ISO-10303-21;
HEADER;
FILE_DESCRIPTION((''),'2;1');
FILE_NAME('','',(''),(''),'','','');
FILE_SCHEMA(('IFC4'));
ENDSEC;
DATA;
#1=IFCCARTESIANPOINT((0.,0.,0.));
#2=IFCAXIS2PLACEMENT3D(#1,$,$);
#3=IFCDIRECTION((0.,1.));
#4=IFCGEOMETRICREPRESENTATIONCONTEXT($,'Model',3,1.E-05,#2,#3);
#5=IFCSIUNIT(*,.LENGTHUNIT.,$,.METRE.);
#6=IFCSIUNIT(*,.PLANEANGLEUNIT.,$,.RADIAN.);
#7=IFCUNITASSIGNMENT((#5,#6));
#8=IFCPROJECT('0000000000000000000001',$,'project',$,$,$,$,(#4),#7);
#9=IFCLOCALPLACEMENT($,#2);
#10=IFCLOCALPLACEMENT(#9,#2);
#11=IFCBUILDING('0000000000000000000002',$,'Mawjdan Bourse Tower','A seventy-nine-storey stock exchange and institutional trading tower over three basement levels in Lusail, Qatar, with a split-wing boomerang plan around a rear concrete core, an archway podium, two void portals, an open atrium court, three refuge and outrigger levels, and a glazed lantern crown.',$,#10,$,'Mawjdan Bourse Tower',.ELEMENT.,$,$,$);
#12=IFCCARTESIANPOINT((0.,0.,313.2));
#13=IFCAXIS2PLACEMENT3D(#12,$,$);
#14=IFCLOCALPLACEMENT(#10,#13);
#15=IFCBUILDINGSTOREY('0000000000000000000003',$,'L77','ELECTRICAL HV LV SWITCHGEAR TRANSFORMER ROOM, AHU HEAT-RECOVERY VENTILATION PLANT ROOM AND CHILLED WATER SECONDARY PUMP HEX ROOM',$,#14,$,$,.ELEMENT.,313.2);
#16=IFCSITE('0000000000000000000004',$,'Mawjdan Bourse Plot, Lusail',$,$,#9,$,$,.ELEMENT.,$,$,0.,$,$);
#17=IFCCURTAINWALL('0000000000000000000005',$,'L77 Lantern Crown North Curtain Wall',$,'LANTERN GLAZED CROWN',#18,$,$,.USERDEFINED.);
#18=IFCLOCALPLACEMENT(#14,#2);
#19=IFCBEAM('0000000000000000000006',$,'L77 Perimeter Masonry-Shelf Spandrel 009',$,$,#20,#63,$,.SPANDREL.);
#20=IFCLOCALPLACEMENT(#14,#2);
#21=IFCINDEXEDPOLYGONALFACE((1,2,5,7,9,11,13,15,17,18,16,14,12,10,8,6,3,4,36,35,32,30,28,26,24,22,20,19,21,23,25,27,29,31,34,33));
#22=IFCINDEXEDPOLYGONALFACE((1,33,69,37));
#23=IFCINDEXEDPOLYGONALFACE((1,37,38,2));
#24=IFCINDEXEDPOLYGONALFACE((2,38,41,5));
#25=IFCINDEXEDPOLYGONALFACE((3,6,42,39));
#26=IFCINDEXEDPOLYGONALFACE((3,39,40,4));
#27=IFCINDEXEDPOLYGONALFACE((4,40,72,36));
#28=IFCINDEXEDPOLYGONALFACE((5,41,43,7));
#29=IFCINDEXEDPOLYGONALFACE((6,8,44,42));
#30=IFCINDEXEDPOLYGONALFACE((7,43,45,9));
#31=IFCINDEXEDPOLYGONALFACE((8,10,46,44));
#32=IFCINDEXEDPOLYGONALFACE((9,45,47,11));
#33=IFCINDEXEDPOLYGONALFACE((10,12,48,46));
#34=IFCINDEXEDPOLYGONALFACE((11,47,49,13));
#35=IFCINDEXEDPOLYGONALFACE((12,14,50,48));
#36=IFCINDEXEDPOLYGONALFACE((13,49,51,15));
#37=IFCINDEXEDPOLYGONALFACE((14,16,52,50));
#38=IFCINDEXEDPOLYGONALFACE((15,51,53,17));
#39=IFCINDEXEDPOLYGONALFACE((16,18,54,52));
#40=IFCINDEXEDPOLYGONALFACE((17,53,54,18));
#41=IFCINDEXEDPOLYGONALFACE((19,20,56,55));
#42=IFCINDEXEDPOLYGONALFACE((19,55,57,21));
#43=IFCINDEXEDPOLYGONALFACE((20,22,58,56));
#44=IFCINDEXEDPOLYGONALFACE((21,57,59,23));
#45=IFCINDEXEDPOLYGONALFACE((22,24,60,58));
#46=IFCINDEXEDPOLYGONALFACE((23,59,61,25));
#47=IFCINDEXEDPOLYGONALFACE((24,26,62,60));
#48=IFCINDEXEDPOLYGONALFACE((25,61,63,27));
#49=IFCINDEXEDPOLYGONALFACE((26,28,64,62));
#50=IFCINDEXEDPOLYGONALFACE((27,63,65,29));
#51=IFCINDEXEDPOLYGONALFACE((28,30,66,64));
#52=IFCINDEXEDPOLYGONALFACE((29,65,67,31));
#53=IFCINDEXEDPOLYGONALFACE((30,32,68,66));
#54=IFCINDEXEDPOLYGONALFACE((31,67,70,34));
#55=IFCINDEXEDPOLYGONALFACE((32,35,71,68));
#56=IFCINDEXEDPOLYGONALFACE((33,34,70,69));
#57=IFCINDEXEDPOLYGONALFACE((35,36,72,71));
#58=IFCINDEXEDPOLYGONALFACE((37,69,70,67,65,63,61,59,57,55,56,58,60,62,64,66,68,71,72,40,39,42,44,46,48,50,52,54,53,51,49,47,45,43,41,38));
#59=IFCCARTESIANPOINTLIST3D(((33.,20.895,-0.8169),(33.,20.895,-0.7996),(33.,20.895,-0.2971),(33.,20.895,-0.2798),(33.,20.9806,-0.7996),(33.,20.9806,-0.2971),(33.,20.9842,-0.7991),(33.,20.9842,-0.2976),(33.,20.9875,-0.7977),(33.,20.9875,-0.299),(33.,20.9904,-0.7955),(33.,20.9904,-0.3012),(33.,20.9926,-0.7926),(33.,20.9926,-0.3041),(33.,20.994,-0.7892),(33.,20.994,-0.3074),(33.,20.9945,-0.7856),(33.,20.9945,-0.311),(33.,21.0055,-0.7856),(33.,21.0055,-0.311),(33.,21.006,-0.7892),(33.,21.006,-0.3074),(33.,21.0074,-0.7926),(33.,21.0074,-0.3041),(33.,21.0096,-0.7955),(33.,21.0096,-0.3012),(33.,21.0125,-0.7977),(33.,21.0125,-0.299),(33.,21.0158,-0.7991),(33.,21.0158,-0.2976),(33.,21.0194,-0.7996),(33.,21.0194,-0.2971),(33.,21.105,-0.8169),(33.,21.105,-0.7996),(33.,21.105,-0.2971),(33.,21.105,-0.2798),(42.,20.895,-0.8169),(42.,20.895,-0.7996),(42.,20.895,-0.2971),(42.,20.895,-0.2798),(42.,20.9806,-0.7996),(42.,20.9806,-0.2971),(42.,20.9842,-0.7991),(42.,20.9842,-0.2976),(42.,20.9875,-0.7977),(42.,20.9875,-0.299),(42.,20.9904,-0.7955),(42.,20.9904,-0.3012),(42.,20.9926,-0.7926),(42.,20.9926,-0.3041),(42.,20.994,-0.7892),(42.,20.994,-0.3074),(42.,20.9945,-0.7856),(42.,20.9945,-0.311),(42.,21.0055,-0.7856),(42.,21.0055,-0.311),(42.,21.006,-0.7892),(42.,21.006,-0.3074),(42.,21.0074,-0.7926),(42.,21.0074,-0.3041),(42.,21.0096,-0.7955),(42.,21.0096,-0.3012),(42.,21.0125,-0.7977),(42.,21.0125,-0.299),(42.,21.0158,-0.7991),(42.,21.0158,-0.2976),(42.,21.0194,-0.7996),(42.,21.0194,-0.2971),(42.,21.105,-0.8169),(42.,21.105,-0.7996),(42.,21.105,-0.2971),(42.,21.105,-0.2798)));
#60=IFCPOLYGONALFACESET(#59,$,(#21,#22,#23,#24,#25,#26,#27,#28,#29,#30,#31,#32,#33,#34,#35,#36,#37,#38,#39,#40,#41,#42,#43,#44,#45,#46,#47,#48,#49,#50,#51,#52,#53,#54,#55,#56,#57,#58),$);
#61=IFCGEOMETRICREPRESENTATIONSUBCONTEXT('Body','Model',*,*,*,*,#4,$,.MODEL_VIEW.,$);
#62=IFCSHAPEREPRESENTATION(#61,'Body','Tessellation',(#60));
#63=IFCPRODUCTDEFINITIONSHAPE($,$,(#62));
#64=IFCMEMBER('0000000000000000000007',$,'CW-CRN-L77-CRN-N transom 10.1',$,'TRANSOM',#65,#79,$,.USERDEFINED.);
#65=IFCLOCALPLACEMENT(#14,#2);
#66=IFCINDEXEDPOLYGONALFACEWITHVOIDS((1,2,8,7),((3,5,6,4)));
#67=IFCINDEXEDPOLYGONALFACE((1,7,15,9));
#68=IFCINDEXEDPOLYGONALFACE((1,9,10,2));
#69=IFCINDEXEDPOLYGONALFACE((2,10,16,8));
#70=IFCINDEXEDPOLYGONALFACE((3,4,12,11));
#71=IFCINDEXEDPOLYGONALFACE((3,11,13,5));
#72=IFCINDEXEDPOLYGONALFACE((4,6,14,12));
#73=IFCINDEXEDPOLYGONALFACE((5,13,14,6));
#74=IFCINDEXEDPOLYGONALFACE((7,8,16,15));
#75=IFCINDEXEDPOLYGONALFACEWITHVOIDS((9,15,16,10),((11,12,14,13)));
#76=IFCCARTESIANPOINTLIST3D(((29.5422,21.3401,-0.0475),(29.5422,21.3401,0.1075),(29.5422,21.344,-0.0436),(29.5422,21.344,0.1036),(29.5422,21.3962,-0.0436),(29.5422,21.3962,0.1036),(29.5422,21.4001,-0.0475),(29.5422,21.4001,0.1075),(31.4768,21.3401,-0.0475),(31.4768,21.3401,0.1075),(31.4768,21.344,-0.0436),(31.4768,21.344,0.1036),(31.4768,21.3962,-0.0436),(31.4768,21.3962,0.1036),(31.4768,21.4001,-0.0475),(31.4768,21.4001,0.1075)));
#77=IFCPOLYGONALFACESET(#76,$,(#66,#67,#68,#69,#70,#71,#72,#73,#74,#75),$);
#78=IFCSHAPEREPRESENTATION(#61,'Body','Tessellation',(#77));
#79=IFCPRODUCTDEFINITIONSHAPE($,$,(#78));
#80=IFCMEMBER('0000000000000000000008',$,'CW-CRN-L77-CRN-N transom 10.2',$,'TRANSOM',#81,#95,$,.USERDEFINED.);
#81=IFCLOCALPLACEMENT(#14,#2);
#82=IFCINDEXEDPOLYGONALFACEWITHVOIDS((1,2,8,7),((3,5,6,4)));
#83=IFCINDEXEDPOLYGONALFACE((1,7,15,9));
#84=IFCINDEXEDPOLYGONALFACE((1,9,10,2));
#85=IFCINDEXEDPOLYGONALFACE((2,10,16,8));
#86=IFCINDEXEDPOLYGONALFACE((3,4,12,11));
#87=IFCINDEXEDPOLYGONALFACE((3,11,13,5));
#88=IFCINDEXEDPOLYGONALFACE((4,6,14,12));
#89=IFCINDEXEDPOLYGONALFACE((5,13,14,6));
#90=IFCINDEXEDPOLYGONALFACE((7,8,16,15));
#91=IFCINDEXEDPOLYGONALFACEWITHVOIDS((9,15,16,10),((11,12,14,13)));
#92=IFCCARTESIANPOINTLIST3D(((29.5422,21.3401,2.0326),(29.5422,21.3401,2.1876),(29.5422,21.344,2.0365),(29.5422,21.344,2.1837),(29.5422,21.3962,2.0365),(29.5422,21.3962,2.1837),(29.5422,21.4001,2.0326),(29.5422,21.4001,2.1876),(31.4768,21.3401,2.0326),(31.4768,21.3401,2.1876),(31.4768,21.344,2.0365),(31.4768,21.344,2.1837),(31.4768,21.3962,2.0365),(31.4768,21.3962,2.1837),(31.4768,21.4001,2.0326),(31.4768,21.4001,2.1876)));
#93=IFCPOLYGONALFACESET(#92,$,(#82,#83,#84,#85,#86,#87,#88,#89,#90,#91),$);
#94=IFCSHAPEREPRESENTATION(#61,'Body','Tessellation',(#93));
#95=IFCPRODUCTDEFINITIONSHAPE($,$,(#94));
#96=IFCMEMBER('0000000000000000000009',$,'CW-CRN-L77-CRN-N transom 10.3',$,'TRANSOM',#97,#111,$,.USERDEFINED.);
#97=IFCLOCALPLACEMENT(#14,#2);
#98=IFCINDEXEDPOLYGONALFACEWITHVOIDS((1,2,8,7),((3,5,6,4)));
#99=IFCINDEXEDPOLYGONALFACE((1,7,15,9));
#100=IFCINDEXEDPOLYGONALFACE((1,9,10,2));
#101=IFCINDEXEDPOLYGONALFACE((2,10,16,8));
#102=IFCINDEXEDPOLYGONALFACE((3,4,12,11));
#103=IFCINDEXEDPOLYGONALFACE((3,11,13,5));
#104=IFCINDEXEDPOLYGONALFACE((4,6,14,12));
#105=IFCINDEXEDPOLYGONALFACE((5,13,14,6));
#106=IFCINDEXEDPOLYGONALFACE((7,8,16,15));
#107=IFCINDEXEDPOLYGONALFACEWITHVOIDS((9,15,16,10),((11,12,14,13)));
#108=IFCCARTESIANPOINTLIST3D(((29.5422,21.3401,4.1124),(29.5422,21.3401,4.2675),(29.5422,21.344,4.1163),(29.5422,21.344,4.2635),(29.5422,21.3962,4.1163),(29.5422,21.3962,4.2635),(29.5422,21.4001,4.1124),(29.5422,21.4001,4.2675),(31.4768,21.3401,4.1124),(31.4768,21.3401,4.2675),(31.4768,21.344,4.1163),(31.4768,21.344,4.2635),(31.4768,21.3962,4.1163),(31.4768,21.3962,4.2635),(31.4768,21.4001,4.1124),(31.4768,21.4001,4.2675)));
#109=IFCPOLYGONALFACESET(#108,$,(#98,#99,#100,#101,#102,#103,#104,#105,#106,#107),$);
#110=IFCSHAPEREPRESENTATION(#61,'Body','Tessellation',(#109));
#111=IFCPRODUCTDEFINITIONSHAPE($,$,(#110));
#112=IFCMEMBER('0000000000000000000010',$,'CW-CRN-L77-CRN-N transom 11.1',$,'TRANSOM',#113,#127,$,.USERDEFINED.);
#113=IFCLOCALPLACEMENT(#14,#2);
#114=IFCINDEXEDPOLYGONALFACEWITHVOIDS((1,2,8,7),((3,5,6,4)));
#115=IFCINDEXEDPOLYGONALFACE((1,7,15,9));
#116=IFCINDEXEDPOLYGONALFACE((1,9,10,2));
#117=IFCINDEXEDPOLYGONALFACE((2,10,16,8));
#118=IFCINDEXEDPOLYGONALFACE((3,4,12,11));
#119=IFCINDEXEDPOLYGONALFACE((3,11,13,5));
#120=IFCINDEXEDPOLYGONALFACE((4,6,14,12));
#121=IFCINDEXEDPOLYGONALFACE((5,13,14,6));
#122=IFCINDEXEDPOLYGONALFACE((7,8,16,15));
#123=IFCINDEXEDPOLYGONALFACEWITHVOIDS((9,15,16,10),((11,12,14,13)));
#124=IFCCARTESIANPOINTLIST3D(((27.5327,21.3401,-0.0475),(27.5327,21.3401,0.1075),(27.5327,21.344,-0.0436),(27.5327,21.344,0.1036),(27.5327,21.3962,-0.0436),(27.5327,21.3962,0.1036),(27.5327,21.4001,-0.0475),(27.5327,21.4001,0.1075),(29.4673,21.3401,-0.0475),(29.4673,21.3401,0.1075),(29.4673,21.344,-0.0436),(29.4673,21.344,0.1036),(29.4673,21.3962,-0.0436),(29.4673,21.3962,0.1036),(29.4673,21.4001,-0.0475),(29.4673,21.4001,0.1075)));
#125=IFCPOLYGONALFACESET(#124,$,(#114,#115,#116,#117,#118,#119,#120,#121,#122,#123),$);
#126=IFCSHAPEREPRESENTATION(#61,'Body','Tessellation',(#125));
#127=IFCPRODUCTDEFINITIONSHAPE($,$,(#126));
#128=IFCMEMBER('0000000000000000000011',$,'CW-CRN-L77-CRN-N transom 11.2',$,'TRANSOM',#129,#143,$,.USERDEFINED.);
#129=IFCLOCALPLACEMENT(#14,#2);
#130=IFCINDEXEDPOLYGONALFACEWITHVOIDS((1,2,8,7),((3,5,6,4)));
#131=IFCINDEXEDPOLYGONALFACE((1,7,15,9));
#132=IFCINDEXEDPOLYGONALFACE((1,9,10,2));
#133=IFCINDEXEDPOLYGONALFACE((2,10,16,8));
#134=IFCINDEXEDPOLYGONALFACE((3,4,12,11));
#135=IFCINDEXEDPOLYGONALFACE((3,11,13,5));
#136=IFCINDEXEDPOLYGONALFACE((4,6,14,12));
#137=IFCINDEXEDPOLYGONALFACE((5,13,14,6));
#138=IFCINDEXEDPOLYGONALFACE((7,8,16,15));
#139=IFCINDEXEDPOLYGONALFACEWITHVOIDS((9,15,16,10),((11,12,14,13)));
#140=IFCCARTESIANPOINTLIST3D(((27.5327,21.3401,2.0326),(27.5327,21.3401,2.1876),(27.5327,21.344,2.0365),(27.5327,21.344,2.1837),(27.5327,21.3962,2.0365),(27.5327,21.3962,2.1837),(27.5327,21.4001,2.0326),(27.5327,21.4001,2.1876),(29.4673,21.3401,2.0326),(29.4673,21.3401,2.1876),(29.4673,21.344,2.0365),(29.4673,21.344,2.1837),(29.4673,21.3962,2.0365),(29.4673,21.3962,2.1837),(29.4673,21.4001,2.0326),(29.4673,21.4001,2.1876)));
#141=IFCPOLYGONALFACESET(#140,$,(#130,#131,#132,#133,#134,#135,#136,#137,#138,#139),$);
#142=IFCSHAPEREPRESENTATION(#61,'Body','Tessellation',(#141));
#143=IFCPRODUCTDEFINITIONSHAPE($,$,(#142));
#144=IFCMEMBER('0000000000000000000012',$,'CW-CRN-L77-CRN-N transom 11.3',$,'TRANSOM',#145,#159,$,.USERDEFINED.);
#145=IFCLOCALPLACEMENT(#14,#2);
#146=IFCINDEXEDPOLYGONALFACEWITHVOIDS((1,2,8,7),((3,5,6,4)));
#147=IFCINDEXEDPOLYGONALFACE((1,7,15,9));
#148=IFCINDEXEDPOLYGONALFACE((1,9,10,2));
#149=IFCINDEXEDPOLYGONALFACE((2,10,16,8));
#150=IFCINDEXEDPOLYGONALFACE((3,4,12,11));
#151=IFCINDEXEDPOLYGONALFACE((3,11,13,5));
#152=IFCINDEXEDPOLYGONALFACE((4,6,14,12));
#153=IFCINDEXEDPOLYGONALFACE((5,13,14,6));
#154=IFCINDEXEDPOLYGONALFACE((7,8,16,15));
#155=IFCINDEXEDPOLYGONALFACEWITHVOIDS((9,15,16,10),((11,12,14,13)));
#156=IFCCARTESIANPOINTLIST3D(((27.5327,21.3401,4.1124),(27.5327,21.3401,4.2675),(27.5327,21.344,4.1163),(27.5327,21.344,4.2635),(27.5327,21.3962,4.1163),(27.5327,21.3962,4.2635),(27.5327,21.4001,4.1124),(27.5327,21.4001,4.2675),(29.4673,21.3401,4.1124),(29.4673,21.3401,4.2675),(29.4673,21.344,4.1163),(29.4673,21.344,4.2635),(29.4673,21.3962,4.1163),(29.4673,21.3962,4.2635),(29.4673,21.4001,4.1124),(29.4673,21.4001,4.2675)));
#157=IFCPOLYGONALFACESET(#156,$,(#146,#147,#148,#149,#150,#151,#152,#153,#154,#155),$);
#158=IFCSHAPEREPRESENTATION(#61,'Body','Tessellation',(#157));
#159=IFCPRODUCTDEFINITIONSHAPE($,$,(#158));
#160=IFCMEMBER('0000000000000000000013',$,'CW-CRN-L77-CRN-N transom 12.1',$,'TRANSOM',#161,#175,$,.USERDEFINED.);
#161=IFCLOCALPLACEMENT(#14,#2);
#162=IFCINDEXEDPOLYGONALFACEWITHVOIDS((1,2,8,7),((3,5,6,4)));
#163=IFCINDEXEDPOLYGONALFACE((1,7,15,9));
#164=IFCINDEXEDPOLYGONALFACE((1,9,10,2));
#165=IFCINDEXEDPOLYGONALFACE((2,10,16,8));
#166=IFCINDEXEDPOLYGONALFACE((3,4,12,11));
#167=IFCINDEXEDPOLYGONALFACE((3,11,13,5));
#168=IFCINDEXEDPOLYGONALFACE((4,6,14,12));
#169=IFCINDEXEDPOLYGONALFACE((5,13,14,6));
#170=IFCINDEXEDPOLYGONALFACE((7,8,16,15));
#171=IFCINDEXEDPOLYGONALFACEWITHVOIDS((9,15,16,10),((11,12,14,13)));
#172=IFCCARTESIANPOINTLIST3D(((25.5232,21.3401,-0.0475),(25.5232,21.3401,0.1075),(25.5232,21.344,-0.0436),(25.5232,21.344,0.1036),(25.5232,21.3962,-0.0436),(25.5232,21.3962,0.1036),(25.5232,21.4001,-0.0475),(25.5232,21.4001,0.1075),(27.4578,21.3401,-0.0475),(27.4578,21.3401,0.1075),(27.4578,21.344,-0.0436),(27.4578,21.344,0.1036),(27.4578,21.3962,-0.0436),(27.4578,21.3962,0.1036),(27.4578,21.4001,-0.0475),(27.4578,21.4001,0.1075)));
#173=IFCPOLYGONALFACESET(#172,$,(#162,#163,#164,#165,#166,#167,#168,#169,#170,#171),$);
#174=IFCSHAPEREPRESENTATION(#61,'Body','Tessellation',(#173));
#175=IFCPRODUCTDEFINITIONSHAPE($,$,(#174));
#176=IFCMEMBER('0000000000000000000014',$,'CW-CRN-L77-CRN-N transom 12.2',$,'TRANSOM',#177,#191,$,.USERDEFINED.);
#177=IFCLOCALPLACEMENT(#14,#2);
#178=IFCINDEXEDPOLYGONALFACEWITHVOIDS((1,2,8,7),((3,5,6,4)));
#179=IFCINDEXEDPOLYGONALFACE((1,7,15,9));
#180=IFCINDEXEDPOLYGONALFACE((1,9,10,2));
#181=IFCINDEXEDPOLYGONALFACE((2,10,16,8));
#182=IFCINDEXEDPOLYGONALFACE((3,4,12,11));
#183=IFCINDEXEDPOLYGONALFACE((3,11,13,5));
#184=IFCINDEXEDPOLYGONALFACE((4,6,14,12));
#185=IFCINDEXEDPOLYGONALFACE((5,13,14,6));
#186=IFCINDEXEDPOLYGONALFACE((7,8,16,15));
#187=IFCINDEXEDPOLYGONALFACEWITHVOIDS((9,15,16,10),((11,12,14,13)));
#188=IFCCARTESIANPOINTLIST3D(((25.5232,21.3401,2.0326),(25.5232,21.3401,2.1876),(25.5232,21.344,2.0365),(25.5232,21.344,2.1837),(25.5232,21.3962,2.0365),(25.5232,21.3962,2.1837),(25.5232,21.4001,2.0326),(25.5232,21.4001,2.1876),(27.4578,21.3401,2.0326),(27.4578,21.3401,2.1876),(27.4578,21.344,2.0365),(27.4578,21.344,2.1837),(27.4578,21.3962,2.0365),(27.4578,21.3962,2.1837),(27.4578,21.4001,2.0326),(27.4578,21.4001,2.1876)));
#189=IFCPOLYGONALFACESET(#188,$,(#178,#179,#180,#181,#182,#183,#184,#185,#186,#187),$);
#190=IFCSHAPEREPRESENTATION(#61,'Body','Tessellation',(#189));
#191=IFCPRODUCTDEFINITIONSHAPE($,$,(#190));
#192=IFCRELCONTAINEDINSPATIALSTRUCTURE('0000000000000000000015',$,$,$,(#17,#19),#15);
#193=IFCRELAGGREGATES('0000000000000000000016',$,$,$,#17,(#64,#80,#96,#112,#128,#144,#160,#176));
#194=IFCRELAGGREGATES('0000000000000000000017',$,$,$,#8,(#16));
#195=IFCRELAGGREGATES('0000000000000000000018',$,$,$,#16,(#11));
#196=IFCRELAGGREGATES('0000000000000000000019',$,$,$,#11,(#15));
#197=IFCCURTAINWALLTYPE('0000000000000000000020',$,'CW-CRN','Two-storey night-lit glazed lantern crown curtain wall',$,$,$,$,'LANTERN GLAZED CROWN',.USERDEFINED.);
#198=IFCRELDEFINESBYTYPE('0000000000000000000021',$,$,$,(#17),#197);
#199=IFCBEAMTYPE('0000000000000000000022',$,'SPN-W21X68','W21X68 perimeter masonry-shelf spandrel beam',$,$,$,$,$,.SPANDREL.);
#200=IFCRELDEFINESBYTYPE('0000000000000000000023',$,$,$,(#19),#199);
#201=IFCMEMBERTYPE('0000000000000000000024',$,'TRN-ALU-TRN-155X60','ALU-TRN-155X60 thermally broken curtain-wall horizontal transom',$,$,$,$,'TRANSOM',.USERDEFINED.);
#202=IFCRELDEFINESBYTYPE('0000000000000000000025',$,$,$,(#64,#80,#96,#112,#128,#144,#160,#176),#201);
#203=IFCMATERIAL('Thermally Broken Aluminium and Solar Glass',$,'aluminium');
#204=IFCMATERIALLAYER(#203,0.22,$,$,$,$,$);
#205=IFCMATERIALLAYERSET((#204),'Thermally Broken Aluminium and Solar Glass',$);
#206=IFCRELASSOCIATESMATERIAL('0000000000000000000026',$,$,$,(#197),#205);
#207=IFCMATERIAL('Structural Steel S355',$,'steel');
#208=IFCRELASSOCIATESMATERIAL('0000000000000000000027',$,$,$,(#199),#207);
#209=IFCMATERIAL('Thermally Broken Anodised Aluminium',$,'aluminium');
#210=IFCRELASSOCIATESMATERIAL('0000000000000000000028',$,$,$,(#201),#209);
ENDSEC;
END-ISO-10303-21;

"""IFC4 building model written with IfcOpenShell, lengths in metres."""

from ifc_helpers import new_model, si_unit, direction, frame, origin, origin_2d, place, context, subcontext, project, spatial, hollow_rectangle, i_section, extrude, material, layer, layer_set, material_profile, profile_set, type_object, element, aggregate, save


model = new_model("IFC4")

# Units and contexts
model_context = context("Model", 3, precision=1e-05, world=origin(), true_north=direction((0.0, 1.0)))
body_context = subcontext(model_context, "Body", "Model", "MODEL_VIEW")
ifc_project = project(units=[si_unit("LENGTHUNIT", "METRE"), si_unit("PLANEANGLEUNIT", "RADIAN")], contexts=[model_context])

# Site, building, storey
site_placement = place(None, origin())
site = spatial("IfcSite", under=ifc_project, at=site_placement, Name="Mawjdan Bourse Plot, Lusail", CompositionType="ELEMENT", RefElevation=0.0)
building_placement = place(site_placement, origin())
building = spatial("IfcBuilding", under=site, at=building_placement, Name="Mawjdan Bourse Tower", Description="A seventy-nine-storey stock exchange and institutional trading tower over three basement levels in Lusail, Qatar, with a split-wing boomerang plan around a rear concrete core, an archway podium, two void portals, an open atrium court, three refuge and outrigger levels, and a glazed lantern crown.", LongName="Mawjdan Bourse Tower", CompositionType="ELEMENT")
storey_placement = place(building_placement, frame((0.0, 0.0, 313.2)))
storey = spatial("IfcBuildingStorey", under=building, at=storey_placement, Name="L77", Description="ELECTRICAL HV LV SWITCHGEAR TRANSFORMER ROOM, AHU HEAT-RECOVERY VENTILATION PLANT ROOM AND CHILLED WATER SECONDARY PUMP HEX ROOM", CompositionType="ELEMENT", Elevation=313.2)

# Shared definitions
ifc_material_1 = material(Name="Structural Steel S355", Category="steel")

# Curtain wall
ifc_material_2 = material(Name="Thermally Broken Aluminium and Solar Glass", Category="aluminium")
ifc_layer_1 = layer(ifc_material_2, 0.22)
ifc_layer_set_1 = layer_set([ifc_layer_1], Name="Thermally Broken Aluminium and Solar Glass")
curtain_wall_type = type_object("IfcCurtainWallType", Name="CW-CRN", Description="Two-storey night-lit glazed lantern crown curtain wall", ElementType="LANTERN GLAZED CROWN", PredefinedType="USERDEFINED", material=ifc_layer_set_1)
curtain_wall_placement = place(storey_placement, origin())
curtain_wall = element("IfcCurtainWall", 1, at=curtain_wall_placement, inside=storey, type_object=curtain_wall_type, Name="L77 Lantern Crown North Curtain Wall", ObjectType="LANTERN GLAZED CROWN", PredefinedType="USERDEFINED")
ifc_material_3 = material(Name="Thermally Broken Anodised Aluminium", Category="aluminium")

# Beam
ifc_material_profile_1 = material_profile(ifc_material_1, i_section(OverallWidth=0.21, OverallDepth=0.5371, WebThickness=0.011, FlangeThickness=0.0173, FilletRadius=0.0139, at=origin_2d()), Name="W21X68")
ifc_profile_set_1 = profile_set([ifc_material_profile_1], Name="Structural Steel S355")
beam_type = type_object("IfcBeamType", Name="SPN-W21X68", Description="W21X68 perimeter masonry-shelf spandrel beam", PredefinedType="SPANDREL", material=ifc_profile_set_1)
beam_placement = place(storey_placement, frame((33.0, 21.0, -0.5483), z_axis=(1.0, 0.0, 0.0), x_axis=(0.0, 1.0, 0.0)))
element("IfcBeam", 2, at=beam_placement, inside=storey, type_object=beam_type, Name="L77 Perimeter Masonry-Shelf Spandrel 009", PredefinedType="SPANDREL", context=body_context, shape_type="SweptSolid", body=[
    extrude(i_section(OverallWidth=0.21, OverallDepth=0.5371, WebThickness=0.011, FlangeThickness=0.0173, FilletRadius=0.0139, at=origin_2d()), origin(), (0.0, 0.0, 1.0), 9.0),
])

# Members
ifc_material_profile_2 = material_profile(ifc_material_3, hollow_rectangle(XDim=0.0601, YDim=0.155, WallThickness=0.0039, at=origin_2d()), Name="ALU-TRN-155X60")
ifc_profile_set_2 = profile_set([ifc_material_profile_2], Name="Thermally Broken Anodised Aluminium")
member_type_1 = type_object("IfcMemberType", Name="TRN-ALU-TRN-155X60", Description="ALU-TRN-155X60 thermally broken curtain-wall horizontal transom", ElementType="TRANSOM", PredefinedType="USERDEFINED", material=ifc_profile_set_2)
member_1_placement = place(storey_placement, frame((31.4768, 21.3701, 0.03), z_axis=(-1.0, 0.0, 0.0), x_axis=(0.0, -1.0, 0.0)))
member_1 = element("IfcMember", 3, at=member_1_placement, type_object=member_type_1, Name="CW-CRN-L77-CRN-N transom 10.1", ObjectType="TRANSOM", PredefinedType="USERDEFINED", context=body_context, shape_type="SweptSolid", body=[
    extrude(hollow_rectangle(XDim=0.0601, YDim=0.155, WallThickness=0.0039, at=origin_2d()), origin(), (0.0, 0.0, 1.0), 1.9346),
])
member_2_placement = place(storey_placement, frame((31.4768, 21.3701, 2.1101), z_axis=(-1.0, 0.0, 0.0), x_axis=(0.0, -1.0, 0.0)))
member_2 = element("IfcMember", 4, at=member_2_placement, type_object=member_type_1, Name="CW-CRN-L77-CRN-N transom 10.2", ObjectType="TRANSOM", PredefinedType="USERDEFINED", context=body_context, shape_type="SweptSolid", body=[
    extrude(hollow_rectangle(XDim=0.0601, YDim=0.155, WallThickness=0.0039, at=origin_2d()), origin(), (0.0, 0.0, 1.0), 1.9346),
])
member_3_placement = place(storey_placement, frame((31.4768, 21.3701, 4.1899), z_axis=(-1.0, 0.0, 0.0), x_axis=(0.0, -1.0, 0.0)))
member_3 = element("IfcMember", 5, at=member_3_placement, type_object=member_type_1, Name="CW-CRN-L77-CRN-N transom 10.3", ObjectType="TRANSOM", PredefinedType="USERDEFINED", context=body_context, shape_type="SweptSolid", body=[
    extrude(hollow_rectangle(XDim=0.0601, YDim=0.155, WallThickness=0.0039, at=origin_2d()), origin(), (0.0, 0.0, 1.0), 1.9346),
])
member_4_placement = place(storey_placement, frame((29.4673, 21.3701, 0.03), z_axis=(-1.0, 0.0, 0.0), x_axis=(0.0, -1.0, 0.0)))
member_4 = element("IfcMember", 6, at=member_4_placement, type_object=member_type_1, Name="CW-CRN-L77-CRN-N transom 11.1", ObjectType="TRANSOM", PredefinedType="USERDEFINED", context=body_context, shape_type="SweptSolid", body=[
    extrude(hollow_rectangle(XDim=0.0601, YDim=0.155, WallThickness=0.0039, at=origin_2d()), origin(), (0.0, 0.0, 1.0), 1.9346),
])
member_5_placement = place(storey_placement, frame((29.4673, 21.3701, 2.1101), z_axis=(-1.0, 0.0, 0.0), x_axis=(0.0, -1.0, 0.0)))
member_5 = element("IfcMember", 7, at=member_5_placement, type_object=member_type_1, Name="CW-CRN-L77-CRN-N transom 11.2", ObjectType="TRANSOM", PredefinedType="USERDEFINED", context=body_context, shape_type="SweptSolid", body=[
    extrude(hollow_rectangle(XDim=0.0601, YDim=0.155, WallThickness=0.0039, at=origin_2d()), origin(), (0.0, 0.0, 1.0), 1.9346),
])
member_6_placement = place(storey_placement, frame((29.4673, 21.3701, 4.1899), z_axis=(-1.0, 0.0, 0.0), x_axis=(0.0, -1.0, 0.0)))
member_6 = element("IfcMember", 8, at=member_6_placement, type_object=member_type_1, Name="CW-CRN-L77-CRN-N transom 11.3", ObjectType="TRANSOM", PredefinedType="USERDEFINED", context=body_context, shape_type="SweptSolid", body=[
    extrude(hollow_rectangle(XDim=0.0601, YDim=0.155, WallThickness=0.0039, at=origin_2d()), origin(), (0.0, 0.0, 1.0), 1.9346),
])
member_7_placement = place(storey_placement, frame((27.4578, 21.3701, 0.03), z_axis=(-1.0, 0.0, 0.0), x_axis=(0.0, -1.0, 0.0)))
member_7 = element("IfcMember", 9, at=member_7_placement, type_object=member_type_1, Name="CW-CRN-L77-CRN-N transom 12.1", ObjectType="TRANSOM", PredefinedType="USERDEFINED", context=body_context, shape_type="SweptSolid", body=[
    extrude(hollow_rectangle(XDim=0.0601, YDim=0.155, WallThickness=0.0039, at=origin_2d()), origin(), (0.0, 0.0, 1.0), 1.9346),
])
member_8_placement = place(storey_placement, frame((27.4578, 21.3701, 2.1101), z_axis=(-1.0, 0.0, 0.0), x_axis=(0.0, -1.0, 0.0)))
member_8 = element("IfcMember", 10, at=member_8_placement, type_object=member_type_1, Name="CW-CRN-L77-CRN-N transom 12.2", ObjectType="TRANSOM", PredefinedType="USERDEFINED", context=body_context, shape_type="SweptSolid", body=[
    extrude(hollow_rectangle(XDim=0.0601, YDim=0.155, WallThickness=0.0039, at=origin_2d()), origin(), (0.0, 0.0, 1.0), 1.9346),
])

aggregate(curtain_wall, [member_1, member_2, member_3, member_4, member_5, member_6, member_7, member_8])

save(model, "model.ifc")
